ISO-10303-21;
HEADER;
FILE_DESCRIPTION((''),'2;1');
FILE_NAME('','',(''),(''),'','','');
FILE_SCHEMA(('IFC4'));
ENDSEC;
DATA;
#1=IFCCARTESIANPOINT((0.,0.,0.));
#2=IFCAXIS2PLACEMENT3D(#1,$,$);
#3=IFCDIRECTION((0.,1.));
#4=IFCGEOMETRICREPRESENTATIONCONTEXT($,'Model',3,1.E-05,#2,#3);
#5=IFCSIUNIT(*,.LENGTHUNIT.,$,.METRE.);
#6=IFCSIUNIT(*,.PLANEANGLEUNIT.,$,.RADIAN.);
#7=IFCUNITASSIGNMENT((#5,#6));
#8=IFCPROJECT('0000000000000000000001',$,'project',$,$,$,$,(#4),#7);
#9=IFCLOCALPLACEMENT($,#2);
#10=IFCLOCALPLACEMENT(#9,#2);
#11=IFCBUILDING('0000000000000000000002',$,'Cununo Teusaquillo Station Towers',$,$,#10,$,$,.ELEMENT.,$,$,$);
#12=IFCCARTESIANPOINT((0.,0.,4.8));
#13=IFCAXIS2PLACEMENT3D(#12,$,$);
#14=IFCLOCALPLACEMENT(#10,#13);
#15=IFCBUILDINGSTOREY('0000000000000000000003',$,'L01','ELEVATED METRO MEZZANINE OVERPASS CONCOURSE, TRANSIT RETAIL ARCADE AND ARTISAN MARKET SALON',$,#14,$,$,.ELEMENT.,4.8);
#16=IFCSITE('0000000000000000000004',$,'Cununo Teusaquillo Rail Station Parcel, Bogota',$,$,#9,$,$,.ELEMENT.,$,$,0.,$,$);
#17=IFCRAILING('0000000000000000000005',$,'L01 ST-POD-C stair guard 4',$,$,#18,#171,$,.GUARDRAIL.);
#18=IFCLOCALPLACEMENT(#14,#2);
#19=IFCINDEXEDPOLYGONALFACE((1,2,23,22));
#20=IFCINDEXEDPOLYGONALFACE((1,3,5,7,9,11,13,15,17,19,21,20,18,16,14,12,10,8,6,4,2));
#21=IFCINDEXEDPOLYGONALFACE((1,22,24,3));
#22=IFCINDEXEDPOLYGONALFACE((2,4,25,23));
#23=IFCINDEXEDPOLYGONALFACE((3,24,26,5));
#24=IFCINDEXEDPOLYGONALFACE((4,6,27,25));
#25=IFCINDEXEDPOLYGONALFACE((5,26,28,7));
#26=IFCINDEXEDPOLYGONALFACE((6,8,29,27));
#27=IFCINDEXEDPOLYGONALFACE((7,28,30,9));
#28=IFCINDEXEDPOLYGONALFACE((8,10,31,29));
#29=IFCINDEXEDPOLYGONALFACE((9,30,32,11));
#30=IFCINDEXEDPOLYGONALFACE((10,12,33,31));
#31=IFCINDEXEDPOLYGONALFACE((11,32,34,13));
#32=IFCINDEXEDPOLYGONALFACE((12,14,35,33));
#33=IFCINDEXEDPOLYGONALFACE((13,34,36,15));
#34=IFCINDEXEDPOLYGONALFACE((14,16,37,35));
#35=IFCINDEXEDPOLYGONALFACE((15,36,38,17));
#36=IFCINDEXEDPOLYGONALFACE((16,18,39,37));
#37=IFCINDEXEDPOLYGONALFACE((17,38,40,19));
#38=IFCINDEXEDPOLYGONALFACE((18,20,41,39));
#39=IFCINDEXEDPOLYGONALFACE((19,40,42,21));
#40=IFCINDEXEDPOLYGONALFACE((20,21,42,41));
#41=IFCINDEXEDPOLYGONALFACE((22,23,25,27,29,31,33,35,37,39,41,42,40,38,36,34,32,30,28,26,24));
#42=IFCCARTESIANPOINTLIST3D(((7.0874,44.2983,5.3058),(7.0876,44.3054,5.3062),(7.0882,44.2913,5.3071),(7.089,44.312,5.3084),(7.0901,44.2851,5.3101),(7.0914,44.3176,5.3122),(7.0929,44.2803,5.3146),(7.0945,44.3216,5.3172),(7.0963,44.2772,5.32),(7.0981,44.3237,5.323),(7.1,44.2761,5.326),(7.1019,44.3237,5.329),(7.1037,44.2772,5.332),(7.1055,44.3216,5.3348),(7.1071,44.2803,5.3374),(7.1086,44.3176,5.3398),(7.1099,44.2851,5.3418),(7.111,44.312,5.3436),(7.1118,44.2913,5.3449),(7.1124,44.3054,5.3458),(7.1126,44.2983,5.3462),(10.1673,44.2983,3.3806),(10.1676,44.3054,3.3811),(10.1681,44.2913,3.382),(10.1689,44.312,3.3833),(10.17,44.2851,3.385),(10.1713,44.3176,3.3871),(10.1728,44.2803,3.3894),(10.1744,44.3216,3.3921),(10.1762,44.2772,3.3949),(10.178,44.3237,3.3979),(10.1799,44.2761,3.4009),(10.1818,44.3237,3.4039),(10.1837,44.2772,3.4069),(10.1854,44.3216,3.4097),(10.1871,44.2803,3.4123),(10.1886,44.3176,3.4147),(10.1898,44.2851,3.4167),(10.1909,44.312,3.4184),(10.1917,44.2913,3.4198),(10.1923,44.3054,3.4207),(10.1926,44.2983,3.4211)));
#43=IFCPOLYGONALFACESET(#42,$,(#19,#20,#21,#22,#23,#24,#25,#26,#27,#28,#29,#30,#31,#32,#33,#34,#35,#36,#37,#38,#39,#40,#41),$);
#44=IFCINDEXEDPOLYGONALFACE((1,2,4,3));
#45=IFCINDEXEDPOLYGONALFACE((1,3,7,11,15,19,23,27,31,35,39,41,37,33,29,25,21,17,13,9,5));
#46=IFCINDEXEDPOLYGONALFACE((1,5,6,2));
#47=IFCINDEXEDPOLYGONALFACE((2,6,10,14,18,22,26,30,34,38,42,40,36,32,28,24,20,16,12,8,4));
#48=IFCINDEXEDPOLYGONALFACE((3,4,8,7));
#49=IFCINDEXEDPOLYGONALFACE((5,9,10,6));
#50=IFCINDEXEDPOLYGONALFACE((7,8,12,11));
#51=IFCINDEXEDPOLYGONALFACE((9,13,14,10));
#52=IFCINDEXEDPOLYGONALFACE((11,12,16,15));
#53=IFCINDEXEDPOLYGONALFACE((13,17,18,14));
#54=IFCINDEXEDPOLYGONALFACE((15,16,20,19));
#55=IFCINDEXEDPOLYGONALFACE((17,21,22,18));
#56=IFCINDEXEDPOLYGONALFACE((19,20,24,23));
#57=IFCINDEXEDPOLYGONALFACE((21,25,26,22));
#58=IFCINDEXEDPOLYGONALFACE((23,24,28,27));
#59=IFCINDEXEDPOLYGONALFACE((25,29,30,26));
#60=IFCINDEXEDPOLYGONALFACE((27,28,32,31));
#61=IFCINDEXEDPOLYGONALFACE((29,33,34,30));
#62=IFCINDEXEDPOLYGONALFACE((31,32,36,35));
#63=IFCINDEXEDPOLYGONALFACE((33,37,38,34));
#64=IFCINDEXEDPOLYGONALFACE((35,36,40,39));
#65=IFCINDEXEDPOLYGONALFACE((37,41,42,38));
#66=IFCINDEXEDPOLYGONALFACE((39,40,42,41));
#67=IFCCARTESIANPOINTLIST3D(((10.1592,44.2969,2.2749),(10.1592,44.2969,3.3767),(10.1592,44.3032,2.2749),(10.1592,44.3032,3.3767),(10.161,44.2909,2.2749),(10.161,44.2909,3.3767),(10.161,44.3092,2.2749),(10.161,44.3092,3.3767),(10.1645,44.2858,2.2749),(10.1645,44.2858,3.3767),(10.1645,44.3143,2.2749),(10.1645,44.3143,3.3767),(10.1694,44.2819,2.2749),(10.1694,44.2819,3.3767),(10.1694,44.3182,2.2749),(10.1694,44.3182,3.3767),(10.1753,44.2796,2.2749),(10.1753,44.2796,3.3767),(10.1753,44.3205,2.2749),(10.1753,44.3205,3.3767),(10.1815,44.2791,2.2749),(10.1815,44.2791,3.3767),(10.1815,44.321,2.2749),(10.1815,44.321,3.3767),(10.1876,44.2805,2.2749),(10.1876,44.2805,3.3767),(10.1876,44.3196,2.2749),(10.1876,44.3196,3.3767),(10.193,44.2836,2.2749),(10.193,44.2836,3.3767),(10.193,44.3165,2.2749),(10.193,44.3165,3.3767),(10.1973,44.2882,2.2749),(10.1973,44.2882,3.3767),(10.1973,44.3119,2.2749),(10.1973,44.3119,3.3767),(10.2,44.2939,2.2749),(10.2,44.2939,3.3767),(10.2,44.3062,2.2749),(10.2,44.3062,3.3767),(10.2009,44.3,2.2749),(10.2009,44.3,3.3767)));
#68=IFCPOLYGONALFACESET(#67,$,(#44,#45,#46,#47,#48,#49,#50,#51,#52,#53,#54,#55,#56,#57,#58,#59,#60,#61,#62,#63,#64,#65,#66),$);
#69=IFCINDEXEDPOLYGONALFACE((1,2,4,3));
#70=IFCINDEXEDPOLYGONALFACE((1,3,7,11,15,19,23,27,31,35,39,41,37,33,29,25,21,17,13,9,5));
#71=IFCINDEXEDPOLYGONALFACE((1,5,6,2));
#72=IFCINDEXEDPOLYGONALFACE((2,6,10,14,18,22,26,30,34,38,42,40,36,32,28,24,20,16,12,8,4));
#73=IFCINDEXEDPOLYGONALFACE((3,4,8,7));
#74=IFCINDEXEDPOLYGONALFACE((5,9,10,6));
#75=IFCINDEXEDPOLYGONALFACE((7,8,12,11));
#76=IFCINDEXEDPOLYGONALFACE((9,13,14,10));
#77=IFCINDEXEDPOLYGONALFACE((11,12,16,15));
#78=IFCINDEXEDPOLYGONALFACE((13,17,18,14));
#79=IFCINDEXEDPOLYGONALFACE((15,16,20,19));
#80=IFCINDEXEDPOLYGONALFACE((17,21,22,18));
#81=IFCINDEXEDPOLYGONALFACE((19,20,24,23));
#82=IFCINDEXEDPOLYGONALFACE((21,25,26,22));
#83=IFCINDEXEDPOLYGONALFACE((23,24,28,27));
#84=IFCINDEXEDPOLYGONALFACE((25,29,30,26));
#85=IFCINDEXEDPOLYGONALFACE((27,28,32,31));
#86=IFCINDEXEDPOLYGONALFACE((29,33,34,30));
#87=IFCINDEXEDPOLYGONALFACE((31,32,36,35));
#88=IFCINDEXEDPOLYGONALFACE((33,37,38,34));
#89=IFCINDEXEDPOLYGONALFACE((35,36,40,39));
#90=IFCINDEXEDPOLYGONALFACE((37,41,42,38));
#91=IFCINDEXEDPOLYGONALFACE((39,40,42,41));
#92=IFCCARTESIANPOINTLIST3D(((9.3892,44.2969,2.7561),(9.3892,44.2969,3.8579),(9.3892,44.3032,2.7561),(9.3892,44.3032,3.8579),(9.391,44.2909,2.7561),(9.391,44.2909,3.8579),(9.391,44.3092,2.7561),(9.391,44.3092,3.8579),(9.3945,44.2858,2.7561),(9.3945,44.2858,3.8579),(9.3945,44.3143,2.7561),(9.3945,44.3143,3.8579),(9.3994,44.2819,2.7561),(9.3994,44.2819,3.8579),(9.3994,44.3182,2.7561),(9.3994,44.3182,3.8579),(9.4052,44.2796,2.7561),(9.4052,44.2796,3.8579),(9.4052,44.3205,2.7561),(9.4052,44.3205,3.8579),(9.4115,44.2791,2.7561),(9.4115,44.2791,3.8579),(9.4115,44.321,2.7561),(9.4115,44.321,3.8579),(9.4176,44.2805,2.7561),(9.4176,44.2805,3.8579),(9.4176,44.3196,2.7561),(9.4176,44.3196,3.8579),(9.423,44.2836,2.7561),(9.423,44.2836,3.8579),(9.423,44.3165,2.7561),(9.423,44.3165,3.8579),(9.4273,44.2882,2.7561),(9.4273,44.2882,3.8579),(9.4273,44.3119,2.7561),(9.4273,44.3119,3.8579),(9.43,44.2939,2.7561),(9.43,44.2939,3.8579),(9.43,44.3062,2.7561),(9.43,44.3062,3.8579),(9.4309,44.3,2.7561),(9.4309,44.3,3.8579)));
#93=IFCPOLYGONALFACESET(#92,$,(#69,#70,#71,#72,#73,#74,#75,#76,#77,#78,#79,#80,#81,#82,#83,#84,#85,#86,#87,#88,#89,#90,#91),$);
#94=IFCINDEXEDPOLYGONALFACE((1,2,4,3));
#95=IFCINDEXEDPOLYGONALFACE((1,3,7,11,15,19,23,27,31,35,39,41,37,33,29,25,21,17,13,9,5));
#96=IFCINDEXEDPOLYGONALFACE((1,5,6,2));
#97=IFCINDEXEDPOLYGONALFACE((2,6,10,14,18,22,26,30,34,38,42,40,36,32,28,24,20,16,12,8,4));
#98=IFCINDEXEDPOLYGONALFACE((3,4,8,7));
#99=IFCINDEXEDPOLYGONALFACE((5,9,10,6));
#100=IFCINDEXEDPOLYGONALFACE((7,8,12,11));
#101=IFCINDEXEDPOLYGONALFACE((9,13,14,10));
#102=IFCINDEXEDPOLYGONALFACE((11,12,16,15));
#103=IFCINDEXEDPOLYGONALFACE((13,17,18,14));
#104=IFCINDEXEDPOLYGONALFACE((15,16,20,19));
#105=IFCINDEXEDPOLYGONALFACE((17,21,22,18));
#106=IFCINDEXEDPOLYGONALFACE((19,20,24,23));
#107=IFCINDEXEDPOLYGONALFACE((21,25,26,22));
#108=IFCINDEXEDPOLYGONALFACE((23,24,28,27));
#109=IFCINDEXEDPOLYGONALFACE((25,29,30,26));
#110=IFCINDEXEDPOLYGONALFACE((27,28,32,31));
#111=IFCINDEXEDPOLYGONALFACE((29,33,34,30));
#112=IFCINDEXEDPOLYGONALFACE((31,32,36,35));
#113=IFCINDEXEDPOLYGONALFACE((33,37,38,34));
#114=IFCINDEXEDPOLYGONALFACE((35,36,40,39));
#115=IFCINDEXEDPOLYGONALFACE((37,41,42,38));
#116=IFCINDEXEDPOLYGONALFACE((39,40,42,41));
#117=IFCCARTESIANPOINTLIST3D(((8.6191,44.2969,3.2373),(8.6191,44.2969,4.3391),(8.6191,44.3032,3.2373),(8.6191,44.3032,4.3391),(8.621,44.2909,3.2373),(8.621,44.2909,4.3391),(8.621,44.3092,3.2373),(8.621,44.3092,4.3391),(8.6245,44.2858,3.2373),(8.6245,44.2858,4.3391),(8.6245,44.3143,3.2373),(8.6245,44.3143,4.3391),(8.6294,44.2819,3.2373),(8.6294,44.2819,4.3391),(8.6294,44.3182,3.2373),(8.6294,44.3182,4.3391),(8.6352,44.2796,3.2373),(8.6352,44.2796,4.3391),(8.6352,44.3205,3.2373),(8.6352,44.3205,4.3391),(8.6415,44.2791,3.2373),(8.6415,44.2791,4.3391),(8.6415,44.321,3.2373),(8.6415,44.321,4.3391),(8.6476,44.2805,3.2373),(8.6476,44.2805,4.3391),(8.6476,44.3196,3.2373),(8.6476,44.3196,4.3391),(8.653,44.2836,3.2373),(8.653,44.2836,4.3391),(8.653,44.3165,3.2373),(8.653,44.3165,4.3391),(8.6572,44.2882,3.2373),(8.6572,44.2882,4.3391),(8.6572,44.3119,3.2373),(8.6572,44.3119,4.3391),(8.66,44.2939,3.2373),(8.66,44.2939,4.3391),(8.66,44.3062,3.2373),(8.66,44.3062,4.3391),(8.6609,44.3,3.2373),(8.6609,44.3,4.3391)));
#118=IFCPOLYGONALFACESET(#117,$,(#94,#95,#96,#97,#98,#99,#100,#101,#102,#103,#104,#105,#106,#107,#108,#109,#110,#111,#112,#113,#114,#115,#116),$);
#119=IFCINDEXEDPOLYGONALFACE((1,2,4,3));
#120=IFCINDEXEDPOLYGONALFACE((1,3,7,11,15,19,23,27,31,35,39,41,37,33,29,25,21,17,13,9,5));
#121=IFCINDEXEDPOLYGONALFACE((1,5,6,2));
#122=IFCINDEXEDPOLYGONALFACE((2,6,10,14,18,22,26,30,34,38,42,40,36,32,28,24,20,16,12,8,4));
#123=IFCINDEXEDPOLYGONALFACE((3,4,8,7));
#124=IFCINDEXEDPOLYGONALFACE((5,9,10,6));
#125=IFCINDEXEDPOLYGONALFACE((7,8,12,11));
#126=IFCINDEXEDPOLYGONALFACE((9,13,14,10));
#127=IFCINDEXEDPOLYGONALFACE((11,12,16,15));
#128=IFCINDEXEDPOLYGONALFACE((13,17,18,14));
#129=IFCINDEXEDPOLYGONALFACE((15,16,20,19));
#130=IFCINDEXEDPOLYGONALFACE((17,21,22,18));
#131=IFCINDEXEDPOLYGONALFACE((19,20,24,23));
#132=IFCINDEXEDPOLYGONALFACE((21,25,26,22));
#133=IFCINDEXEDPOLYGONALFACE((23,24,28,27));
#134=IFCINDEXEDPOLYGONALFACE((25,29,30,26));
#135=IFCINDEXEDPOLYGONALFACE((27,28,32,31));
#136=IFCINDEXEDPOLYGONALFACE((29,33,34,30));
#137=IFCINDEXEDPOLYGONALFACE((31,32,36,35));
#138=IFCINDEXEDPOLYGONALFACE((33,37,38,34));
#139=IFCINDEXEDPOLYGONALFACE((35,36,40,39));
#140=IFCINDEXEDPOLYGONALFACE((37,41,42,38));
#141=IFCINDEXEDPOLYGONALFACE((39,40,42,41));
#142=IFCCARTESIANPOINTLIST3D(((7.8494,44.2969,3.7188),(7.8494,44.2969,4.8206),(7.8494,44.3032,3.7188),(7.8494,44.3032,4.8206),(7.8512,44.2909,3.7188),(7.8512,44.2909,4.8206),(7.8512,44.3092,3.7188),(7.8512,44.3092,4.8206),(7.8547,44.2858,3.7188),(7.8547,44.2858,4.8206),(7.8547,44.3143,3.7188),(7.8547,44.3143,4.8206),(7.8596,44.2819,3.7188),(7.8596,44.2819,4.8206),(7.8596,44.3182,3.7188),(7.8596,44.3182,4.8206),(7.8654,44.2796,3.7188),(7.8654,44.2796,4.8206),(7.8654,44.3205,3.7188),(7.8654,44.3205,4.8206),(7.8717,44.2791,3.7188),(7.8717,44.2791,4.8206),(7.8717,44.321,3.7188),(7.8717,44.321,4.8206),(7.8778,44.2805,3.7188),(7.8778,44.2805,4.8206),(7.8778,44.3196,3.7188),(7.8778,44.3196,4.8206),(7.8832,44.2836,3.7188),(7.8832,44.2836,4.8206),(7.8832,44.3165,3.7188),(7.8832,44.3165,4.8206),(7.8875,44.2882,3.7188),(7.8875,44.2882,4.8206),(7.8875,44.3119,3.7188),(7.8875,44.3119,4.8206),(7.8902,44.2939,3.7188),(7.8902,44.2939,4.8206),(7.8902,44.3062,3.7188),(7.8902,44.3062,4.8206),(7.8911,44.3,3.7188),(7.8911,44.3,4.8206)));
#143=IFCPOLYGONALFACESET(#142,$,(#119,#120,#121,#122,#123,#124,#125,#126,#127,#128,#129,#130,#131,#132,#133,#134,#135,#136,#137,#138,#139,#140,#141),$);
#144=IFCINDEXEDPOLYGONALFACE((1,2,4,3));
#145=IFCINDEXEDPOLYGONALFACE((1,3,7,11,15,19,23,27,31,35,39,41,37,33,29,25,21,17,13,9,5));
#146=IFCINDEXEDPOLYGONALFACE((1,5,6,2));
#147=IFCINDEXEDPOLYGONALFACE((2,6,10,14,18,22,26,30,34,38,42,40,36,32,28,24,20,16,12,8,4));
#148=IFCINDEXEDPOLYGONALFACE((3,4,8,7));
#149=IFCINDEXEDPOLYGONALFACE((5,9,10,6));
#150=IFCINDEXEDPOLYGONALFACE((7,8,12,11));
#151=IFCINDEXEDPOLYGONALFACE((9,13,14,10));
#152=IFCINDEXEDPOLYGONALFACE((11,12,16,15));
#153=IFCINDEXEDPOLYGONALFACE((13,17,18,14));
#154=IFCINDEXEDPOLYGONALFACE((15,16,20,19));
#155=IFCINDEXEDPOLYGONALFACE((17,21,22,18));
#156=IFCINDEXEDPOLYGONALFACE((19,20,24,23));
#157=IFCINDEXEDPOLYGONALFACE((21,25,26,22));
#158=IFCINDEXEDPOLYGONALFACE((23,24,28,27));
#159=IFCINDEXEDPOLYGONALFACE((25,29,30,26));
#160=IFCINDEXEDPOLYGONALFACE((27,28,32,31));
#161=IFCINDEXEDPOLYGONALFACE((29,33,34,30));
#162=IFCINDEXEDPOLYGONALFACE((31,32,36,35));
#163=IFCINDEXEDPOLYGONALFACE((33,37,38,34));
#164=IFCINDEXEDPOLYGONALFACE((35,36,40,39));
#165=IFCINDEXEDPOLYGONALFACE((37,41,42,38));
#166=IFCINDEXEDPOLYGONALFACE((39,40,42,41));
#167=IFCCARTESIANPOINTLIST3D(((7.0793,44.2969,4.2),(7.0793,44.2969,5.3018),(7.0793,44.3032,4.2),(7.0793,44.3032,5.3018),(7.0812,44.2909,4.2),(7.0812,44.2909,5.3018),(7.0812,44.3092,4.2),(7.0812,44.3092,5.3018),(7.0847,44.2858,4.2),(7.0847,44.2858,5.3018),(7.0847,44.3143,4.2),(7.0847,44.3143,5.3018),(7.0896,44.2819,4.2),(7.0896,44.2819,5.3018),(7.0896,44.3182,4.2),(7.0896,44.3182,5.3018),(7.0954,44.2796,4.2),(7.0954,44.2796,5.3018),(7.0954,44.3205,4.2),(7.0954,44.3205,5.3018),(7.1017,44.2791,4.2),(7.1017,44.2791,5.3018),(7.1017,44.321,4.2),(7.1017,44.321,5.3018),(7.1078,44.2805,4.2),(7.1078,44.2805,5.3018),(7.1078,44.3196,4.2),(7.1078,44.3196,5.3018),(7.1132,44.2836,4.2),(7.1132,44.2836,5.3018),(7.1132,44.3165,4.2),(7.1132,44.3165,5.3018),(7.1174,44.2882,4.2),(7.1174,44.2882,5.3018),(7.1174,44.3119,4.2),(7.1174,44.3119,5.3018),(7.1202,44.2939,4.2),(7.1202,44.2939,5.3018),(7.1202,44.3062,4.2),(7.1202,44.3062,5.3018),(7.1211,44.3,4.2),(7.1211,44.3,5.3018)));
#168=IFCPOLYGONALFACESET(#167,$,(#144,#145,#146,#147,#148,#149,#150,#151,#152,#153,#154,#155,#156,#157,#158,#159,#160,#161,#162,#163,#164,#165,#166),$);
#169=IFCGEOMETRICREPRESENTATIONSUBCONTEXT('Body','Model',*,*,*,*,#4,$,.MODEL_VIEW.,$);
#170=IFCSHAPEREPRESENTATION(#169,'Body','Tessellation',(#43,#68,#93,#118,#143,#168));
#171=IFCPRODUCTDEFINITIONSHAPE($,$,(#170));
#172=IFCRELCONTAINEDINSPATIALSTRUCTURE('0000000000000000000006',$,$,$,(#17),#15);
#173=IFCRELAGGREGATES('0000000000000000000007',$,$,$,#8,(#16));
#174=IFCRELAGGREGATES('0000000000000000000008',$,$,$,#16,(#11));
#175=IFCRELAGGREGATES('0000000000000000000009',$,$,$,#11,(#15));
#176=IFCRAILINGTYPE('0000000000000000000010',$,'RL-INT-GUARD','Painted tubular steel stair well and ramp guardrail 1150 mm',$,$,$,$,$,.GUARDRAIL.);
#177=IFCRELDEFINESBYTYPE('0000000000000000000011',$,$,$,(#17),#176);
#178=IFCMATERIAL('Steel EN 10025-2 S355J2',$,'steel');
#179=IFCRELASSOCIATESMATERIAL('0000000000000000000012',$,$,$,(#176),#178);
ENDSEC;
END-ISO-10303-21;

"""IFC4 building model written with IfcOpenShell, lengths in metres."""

from ifc_helpers import new_model, si_unit, direction, frame, origin, origin_2d, place, context, subcontext, project, spatial, circle, extrude, material, type_object, element, save


model = new_model("IFC4")

# Units and contexts
model_context = context("Model", 3, precision=1e-05, world=origin(), true_north=direction((0.0, 1.0)))
body_context = subcontext(model_context, "Body", "Model", "MODEL_VIEW")
ifc_project = project(units=[si_unit("LENGTHUNIT", "METRE"), si_unit("PLANEANGLEUNIT", "RADIAN")], contexts=[model_context])

# Site, building, storey
site_placement = place(None, origin())
site = spatial("IfcSite", under=ifc_project, at=site_placement, Name="Cununo Teusaquillo Rail Station Parcel, Bogota", CompositionType="ELEMENT", RefElevation=0.0)
building_placement = place(site_placement, origin())
building = spatial("IfcBuilding", under=site, at=building_placement, Name="Cununo Teusaquillo Station Towers", CompositionType="ELEMENT")
storey_placement = place(building_placement, frame((0.0, 0.0, 4.8)))
storey = spatial("IfcBuildingStorey", under=building, at=storey_placement, Name="L01", Description="ELEVATED METRO MEZZANINE OVERPASS CONCOURSE, TRANSIT RETAIL ARCADE AND ARTISAN MARKET SALON", CompositionType="ELEMENT", Elevation=4.8)

# Railing
ifc_material_1 = material(Name="Steel EN 10025-2 S355J2", Category="steel")
railing_type_1 = type_object("IfcRailingType", Name="RL-INT-GUARD", Description="Painted tubular steel stair well and ramp guardrail 1150 mm", PredefinedType="GUARDRAIL", material=ifc_material_1)
railing_1_placement = place(storey_placement, frame((10.1799, 44.3, 2.2749)))
element("IfcRailing", 1, at=railing_1_placement, inside=storey, type_object=railing_type_1, Name="L01 ST-POD-C stair guard 4", PredefinedType="GUARDRAIL", context=body_context, shape_type="SweptSolid", body=[
    extrude(circle(Radius=0.0239, at=origin_2d()), frame((0.0, 0.0, 1.126), z_axis=(-0.847979, 0.0, 0.530029), x_axis=(0.0, -1.0, 0.0)), (0.0, 0.0, 1.0), 3.6321),
    extrude(circle(Radius=0.021, at=origin_2d()), origin(), (0.0, 0.0, 1.0), 1.1018),
    extrude(circle(Radius=0.021, at=origin_2d()), frame((-0.77, 0.0, 0.4812)), (0.0, 0.0, 1.0), 1.1018),
    extrude(circle(Radius=0.021, at=origin_2d()), frame((-1.54, 0.0, 0.9624)), (0.0, 0.0, 1.0), 1.1018),
    extrude(circle(Radius=0.021, at=origin_2d()), frame((-2.3098, 0.0, 1.4438)), (0.0, 0.0, 1.0), 1.1018),
    extrude(circle(Radius=0.021, at=origin_2d()), frame((-3.0798, 0.0, 1.925)), (0.0, 0.0, 1.0), 1.1018),
])

save(model, "model.ifc")
